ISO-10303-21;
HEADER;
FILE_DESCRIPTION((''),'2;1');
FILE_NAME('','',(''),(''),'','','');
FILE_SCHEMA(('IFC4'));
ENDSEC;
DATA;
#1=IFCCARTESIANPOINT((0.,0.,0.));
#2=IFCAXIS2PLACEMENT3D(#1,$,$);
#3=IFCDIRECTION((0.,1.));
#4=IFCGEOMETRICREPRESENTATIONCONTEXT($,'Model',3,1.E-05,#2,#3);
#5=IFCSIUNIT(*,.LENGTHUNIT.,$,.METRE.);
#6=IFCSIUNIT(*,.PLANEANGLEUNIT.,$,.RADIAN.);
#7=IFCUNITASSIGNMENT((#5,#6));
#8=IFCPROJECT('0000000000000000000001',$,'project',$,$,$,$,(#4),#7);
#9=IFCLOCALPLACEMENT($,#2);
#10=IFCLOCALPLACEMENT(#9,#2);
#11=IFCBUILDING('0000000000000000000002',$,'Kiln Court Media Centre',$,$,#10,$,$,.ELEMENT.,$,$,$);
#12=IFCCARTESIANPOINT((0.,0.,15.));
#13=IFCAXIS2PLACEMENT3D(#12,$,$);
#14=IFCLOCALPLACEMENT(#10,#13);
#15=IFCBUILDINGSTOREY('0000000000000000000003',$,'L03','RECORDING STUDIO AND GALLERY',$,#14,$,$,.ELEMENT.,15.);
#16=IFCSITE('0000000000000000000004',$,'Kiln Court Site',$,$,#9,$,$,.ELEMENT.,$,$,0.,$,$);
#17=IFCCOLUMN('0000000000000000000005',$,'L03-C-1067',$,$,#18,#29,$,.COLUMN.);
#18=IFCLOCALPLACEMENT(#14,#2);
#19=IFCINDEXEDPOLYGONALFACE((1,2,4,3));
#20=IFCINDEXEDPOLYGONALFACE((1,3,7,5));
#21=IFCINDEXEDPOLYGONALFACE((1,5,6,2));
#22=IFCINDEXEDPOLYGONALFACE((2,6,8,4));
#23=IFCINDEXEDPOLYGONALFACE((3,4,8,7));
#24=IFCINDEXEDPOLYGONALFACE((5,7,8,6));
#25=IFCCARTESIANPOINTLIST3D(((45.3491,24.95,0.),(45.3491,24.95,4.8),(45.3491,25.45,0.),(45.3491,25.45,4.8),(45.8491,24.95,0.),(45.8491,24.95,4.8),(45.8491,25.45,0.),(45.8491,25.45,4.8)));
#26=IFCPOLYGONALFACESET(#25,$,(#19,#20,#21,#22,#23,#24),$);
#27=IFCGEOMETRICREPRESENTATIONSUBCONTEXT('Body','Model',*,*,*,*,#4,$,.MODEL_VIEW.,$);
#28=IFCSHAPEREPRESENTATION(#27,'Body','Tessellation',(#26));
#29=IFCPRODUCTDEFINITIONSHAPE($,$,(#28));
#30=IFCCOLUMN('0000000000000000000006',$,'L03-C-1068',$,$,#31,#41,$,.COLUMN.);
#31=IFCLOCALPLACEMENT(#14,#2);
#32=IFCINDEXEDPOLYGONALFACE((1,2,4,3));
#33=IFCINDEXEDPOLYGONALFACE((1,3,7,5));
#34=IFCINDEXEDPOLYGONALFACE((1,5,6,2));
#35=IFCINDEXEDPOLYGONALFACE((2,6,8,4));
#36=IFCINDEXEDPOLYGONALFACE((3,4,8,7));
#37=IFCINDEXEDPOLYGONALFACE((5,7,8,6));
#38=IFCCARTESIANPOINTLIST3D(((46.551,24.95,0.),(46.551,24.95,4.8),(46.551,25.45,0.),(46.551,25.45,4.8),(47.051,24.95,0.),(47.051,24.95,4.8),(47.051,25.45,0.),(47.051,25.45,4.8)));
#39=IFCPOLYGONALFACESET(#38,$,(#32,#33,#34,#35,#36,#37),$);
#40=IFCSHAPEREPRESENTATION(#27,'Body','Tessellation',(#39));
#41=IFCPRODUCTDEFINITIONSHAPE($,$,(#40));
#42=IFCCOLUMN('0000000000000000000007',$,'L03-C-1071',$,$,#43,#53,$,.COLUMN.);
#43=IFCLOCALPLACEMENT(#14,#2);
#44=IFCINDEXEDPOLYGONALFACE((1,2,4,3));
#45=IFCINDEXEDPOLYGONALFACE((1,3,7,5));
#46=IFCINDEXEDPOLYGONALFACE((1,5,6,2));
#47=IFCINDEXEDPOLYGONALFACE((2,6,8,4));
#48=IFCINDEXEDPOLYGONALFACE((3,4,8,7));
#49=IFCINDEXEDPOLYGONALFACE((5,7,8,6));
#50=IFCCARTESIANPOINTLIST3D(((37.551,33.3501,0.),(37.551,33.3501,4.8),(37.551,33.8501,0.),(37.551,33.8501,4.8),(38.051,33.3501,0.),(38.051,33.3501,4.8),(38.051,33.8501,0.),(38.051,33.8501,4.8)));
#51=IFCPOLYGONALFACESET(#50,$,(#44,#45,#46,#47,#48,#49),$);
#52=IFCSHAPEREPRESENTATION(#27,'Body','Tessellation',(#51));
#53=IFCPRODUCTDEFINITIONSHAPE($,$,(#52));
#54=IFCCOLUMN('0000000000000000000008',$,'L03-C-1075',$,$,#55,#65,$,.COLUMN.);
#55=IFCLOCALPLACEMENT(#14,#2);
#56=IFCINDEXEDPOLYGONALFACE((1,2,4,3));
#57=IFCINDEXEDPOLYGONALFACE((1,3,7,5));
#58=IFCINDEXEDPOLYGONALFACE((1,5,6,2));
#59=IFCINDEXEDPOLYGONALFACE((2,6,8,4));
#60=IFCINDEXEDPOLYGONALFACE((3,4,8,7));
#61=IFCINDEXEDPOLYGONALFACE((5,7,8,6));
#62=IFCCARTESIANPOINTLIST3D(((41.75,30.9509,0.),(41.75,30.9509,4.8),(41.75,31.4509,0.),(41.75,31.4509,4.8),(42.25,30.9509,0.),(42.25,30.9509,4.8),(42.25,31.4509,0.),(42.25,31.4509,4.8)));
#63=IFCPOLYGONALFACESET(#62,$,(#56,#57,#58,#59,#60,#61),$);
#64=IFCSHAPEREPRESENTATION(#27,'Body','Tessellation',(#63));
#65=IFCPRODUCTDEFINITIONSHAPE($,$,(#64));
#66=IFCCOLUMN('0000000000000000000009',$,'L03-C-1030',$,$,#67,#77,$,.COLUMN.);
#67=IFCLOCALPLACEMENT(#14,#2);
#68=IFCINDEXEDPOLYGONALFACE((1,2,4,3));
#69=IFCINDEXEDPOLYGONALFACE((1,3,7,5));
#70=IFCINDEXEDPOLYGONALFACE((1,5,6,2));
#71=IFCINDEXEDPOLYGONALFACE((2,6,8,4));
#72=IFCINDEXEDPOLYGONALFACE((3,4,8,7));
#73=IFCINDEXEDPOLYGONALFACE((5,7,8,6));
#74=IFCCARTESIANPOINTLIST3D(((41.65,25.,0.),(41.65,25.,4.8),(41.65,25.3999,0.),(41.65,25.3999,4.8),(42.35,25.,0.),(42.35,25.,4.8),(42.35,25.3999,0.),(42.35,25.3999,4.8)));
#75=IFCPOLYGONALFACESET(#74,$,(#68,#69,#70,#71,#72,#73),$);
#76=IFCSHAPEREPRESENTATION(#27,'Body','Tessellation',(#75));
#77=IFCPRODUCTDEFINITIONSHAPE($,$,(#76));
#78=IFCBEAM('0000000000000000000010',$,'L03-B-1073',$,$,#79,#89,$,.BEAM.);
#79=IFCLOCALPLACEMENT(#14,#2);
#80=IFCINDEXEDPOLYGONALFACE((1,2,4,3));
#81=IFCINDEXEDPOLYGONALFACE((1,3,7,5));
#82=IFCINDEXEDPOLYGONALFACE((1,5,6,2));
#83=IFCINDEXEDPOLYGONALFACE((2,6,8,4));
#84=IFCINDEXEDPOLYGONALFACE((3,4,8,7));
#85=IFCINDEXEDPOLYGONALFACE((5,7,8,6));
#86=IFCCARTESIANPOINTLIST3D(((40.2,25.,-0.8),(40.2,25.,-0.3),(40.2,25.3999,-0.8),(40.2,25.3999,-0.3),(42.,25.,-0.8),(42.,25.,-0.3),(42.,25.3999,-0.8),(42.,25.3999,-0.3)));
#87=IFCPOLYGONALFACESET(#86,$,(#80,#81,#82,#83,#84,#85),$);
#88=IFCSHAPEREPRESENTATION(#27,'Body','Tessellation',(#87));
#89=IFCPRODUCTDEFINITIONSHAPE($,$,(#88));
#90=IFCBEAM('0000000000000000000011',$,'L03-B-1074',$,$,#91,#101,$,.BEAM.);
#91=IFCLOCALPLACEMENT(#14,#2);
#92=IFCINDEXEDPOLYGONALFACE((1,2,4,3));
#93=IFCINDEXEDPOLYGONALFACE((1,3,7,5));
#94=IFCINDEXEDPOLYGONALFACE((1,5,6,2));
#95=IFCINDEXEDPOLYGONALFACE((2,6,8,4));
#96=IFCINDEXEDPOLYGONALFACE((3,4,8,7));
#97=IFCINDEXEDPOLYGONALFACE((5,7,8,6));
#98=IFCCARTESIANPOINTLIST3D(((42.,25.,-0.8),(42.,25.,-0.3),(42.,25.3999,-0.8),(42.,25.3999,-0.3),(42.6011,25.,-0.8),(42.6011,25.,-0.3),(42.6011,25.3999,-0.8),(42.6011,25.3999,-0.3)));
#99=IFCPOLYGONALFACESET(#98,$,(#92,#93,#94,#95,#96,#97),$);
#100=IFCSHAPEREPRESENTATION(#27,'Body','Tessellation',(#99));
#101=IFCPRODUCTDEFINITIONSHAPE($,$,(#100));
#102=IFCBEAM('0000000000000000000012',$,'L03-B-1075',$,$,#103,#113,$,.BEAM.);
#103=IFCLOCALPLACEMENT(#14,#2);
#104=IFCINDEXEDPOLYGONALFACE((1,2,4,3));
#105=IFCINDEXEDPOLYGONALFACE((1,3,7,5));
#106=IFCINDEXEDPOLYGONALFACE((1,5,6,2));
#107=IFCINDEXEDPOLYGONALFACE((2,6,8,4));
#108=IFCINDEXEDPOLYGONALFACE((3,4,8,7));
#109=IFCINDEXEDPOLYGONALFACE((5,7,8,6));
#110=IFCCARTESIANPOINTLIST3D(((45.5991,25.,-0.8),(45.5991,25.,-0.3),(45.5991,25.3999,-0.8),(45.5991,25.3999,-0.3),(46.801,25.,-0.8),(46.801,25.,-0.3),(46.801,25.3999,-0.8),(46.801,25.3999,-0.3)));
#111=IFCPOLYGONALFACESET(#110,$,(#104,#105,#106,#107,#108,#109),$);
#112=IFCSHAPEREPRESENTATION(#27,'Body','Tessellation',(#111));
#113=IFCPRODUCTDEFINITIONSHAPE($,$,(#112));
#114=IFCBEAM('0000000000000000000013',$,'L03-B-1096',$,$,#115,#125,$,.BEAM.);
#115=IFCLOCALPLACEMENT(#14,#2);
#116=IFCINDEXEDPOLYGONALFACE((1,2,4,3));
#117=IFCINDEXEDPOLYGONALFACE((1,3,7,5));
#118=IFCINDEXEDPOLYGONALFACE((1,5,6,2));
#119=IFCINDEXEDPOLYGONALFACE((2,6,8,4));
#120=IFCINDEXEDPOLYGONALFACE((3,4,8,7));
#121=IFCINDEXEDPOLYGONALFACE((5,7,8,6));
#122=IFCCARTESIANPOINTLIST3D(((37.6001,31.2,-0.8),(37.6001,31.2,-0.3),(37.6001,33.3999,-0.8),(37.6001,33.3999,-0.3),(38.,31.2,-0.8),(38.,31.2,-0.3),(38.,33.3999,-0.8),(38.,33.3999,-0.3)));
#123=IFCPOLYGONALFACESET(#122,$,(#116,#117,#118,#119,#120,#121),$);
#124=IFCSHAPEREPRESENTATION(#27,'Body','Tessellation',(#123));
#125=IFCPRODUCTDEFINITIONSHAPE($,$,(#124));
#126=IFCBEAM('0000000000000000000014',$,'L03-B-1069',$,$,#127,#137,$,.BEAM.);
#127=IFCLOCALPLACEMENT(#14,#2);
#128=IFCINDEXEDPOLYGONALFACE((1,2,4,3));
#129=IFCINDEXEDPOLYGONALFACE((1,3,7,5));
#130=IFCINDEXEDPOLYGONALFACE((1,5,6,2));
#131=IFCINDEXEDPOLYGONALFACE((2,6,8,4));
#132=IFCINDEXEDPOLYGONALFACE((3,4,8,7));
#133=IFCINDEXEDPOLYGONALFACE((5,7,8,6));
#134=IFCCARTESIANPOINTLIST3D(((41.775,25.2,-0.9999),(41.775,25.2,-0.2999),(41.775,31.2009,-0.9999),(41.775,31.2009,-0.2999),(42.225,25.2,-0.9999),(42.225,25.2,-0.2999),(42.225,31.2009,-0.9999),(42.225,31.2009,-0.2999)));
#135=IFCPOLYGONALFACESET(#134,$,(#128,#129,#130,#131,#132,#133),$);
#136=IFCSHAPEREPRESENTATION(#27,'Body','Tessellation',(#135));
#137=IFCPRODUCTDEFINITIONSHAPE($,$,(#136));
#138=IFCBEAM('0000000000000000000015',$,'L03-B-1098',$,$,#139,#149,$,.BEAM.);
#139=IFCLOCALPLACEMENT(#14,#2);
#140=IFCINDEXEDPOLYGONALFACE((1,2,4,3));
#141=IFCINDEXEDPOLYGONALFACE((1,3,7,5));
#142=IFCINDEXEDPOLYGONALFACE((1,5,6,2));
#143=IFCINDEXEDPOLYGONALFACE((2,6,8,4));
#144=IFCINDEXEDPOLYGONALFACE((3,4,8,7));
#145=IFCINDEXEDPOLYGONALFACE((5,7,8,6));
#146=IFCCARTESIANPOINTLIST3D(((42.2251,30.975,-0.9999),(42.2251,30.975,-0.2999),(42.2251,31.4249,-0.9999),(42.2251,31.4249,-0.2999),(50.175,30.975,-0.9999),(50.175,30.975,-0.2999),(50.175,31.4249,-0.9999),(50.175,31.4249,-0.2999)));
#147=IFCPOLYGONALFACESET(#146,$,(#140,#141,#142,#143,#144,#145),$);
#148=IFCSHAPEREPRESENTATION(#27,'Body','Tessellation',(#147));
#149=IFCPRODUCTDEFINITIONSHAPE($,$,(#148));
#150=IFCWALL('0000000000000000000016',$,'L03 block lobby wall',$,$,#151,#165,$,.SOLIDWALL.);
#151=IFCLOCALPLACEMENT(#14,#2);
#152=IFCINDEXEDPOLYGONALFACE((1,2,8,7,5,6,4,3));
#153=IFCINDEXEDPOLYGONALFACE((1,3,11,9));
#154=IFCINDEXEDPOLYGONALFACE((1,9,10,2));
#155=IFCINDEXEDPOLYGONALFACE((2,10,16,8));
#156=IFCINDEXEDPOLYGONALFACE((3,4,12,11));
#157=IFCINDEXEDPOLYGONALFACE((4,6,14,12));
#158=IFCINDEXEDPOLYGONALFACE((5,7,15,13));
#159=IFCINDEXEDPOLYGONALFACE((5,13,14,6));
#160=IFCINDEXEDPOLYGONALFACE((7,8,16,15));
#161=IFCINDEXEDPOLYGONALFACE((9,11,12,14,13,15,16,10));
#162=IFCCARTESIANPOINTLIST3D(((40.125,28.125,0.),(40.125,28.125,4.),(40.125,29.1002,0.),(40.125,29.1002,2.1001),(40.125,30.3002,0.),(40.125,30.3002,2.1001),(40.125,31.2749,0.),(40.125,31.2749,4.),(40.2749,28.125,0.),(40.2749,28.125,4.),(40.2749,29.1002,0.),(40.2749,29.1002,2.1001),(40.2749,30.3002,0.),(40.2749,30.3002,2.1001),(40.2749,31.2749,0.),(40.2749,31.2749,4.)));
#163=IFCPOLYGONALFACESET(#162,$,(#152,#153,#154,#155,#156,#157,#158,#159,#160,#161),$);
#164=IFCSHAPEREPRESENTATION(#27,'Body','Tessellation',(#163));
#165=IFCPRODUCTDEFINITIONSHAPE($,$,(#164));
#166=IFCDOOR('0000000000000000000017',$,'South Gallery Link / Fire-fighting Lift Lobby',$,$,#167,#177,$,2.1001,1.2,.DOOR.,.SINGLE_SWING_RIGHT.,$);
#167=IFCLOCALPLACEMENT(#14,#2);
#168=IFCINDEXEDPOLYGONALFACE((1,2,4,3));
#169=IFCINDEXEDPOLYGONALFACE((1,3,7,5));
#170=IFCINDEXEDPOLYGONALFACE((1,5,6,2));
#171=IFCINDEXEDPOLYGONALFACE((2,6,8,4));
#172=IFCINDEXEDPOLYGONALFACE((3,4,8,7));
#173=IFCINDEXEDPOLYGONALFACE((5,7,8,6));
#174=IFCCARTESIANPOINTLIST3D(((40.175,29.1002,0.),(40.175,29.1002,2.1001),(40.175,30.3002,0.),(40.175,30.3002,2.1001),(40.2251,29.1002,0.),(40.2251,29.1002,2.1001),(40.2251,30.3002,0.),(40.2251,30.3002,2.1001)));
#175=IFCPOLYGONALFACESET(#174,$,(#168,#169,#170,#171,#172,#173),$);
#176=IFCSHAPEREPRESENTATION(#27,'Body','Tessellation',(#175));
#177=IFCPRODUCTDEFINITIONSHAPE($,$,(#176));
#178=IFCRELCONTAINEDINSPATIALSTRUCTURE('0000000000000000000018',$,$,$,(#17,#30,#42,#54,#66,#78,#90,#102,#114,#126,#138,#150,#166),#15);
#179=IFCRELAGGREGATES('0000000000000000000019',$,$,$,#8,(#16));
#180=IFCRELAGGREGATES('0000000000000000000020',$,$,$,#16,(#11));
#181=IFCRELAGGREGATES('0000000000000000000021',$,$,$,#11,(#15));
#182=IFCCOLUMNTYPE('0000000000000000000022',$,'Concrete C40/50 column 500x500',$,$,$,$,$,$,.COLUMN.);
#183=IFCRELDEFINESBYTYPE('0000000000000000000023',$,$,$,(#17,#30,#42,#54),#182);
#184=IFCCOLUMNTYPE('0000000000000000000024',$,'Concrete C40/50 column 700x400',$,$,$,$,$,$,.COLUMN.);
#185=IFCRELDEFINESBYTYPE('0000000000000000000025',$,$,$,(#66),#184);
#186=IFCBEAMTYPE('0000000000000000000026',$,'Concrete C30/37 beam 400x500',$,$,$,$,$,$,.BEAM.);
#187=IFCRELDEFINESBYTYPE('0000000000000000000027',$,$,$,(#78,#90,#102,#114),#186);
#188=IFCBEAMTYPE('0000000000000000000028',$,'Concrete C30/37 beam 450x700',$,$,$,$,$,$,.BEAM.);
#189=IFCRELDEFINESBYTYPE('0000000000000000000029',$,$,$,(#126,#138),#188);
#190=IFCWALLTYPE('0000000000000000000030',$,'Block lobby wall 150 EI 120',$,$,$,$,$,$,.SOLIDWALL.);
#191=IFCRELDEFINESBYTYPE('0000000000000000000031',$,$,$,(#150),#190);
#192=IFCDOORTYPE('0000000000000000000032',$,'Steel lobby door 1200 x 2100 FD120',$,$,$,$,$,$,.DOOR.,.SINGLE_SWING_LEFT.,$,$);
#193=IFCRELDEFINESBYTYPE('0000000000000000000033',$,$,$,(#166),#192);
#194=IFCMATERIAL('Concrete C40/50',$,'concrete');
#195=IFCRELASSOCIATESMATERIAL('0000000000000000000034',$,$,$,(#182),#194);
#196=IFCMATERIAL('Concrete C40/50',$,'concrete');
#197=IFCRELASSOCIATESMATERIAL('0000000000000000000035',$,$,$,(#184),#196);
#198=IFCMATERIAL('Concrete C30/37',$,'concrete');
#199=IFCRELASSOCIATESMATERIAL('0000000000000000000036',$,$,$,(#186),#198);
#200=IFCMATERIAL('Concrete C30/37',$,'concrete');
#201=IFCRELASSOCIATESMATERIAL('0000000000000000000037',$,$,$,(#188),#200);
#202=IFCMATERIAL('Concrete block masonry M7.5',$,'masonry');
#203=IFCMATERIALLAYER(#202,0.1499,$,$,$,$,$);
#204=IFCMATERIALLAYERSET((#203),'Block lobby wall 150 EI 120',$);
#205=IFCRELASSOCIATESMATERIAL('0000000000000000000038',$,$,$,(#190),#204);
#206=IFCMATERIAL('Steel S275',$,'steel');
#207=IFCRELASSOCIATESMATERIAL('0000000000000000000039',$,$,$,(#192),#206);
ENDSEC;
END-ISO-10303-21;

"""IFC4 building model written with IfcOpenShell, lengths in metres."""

from ifc_helpers import new_model, si_unit, direction, frame, frame_2d, origin, origin_2d, place, context, subcontext, project, spatial, rectangle, extrude, material, layer, layer_set, material_profile, profile_set, type_object, element, fill, save


model = new_model("IFC4")

# Units and contexts
model_context = context("Model", 3, precision=1e-05, world=origin(), true_north=direction((0.0, 1.0)))
body_context = subcontext(model_context, "Body", "Model", "MODEL_VIEW")
ifc_project = project(units=[si_unit("LENGTHUNIT", "METRE"), si_unit("PLANEANGLEUNIT", "RADIAN")], contexts=[model_context])

# Site, building, storey
site_placement = place(None, origin())
site = spatial("IfcSite", under=ifc_project, at=site_placement, Name="Kiln Court Site", CompositionType="ELEMENT", RefElevation=0.0)
building_placement = place(site_placement, origin())
building = spatial("IfcBuilding", under=site, at=building_placement, Name="Kiln Court Media Centre", CompositionType="ELEMENT")
storey_placement = place(building_placement, frame((0.0, 0.0, 15.0)))
storey = spatial("IfcBuildingStorey", under=building, at=storey_placement, Name="L03", Description="RECORDING STUDIO AND GALLERY", CompositionType="ELEMENT", Elevation=15.0)

# Columns
ifc_material_1 = material(Name="Concrete C40/50", Category="concrete")
ifc_material_profile_1 = material_profile(ifc_material_1, rectangle(XDim=0.5, YDim=0.5, at=origin_2d()), Name="RC 500x500")
ifc_profile_set_1 = profile_set([ifc_material_profile_1], Name="Concrete C40/50")
column_type_1 = type_object("IfcColumnType", Name="Concrete C40/50 column 500x500", PredefinedType="COLUMN", material=ifc_profile_set_1)
for number, where, z_axis, x_axis, name in (
    (1, (45.5991, 25.2, 0.0), (0.0, 0.0, 1.0), (1.0, 0.0, 0.0), "L03-C-1067"),
    (2, (46.801, 25.2, 0.0), (0.0, 0.0, 1.0), (1.0, 0.0, 0.0), "L03-C-1068"),
    (3, (37.801, 33.6001, 0.0), (0.0, 0.0, 1.0), (1.0, 0.0, 0.0), "L03-C-1071"),
    (4, (42.0, 31.2009, 0.0), (0.0, 0.0, 1.0), (1.0, 0.0, 0.0), "L03-C-1075"),
):
    element("IfcColumn", number, at=place(storey_placement, frame(where, z_axis=z_axis, x_axis=x_axis)), inside=storey, type_object=column_type_1, Name=name, PredefinedType="COLUMN", context=body_context, shape_type="SweptSolid", body=[
        extrude(rectangle(XDim=0.5, YDim=0.5, at=origin_2d()), origin(), (0.0, 0.0, 1.0), 4.8),
    ])
ifc_material_2 = material(Name="Concrete C40/50", Category="concrete")
ifc_material_profile_2 = material_profile(ifc_material_2, rectangle(XDim=0.7, YDim=0.3999, at=origin_2d()), Name="RC 700x400")
ifc_profile_set_2 = profile_set([ifc_material_profile_2], Name="Concrete C40/50")
column_type_2 = type_object("IfcColumnType", Name="Concrete C40/50 column 700x400", PredefinedType="COLUMN", material=ifc_profile_set_2)
column_placement = place(storey_placement, frame((42.0, 25.2, 0.0), z_axis=(0.0, 0.0, 1.0), x_axis=(1.0, 0.0, 0.0)))
element("IfcColumn", 5, at=column_placement, inside=storey, type_object=column_type_2, Name="L03-C-1030", PredefinedType="COLUMN", context=body_context, shape_type="SweptSolid", body=[
    extrude(rectangle(XDim=0.7, YDim=0.3999, at=origin_2d()), origin(), (0.0, 0.0, 1.0), 4.8),
])

# Beams
ifc_material_3 = material(Name="Concrete C30/37", Category="concrete")
ifc_material_profile_3 = material_profile(ifc_material_3, rectangle(XDim=0.3999, YDim=0.5, at=origin_2d()), Name="RC 400x500")
ifc_profile_set_3 = profile_set([ifc_material_profile_3], Name="Concrete C30/37")
beam_type_1 = type_object("IfcBeamType", Name="Concrete C30/37 beam 400x500", PredefinedType="BEAM", material=ifc_profile_set_3)
beam_1_placement = place(storey_placement, frame((40.2, 25.2, -0.55), z_axis=(1.0, 0.0, 0.0), x_axis=(0.0, 1.0, 0.0)))
element("IfcBeam", 6, at=beam_1_placement, inside=storey, type_object=beam_type_1, Name="L03-B-1073", PredefinedType="BEAM", context=body_context, shape_type="SweptSolid", body=[
    extrude(rectangle(XDim=0.3999, YDim=0.5, at=origin_2d()), origin(), (0.0, 0.0, 1.0), 1.8),
])
beam_2_placement = place(storey_placement, frame((42.0, 25.2, -0.55), z_axis=(1.0, 0.0, 0.0), x_axis=(0.0, 1.0, 0.0)))
element("IfcBeam", 7, at=beam_2_placement, inside=storey, type_object=beam_type_1, Name="L03-B-1074", PredefinedType="BEAM", context=body_context, shape_type="SweptSolid", body=[
    extrude(rectangle(XDim=0.3999, YDim=0.5, at=origin_2d()), origin(), (0.0, 0.0, 1.0), 0.6011),
])
beam_3_placement = place(storey_placement, frame((45.5991, 25.2, -0.55), z_axis=(1.0, 0.0, 0.0), x_axis=(0.0, 1.0, 0.0)))
element("IfcBeam", 8, at=beam_3_placement, inside=storey, type_object=beam_type_1, Name="L03-B-1075", PredefinedType="BEAM", context=body_context, shape_type="SweptSolid", body=[
    extrude(rectangle(XDim=0.3999, YDim=0.5, at=origin_2d()), origin(), (0.0, 0.0, 1.0), 1.2019),
])
beam_4_placement = place(storey_placement, frame((37.8, 33.3999, -0.55), z_axis=(0.0, -1.0, 0.0), x_axis=(1.0, 0.0, 0.0)))
element("IfcBeam", 9, at=beam_4_placement, inside=storey, type_object=beam_type_1, Name="L03-B-1096", PredefinedType="BEAM", context=body_context, shape_type="SweptSolid", body=[
    extrude(rectangle(XDim=0.3999, YDim=0.5, at=origin_2d()), origin(), (0.0, 0.0, 1.0), 2.2),
])
ifc_material_4 = material(Name="Concrete C30/37", Category="concrete")
ifc_material_profile_4 = material_profile(ifc_material_4, rectangle(XDim=0.45, YDim=0.7, at=origin_2d()), Name="RC 450x700")
ifc_profile_set_4 = profile_set([ifc_material_profile_4], Name="Concrete C30/37")
beam_type_2 = type_object("IfcBeamType", Name="Concrete C30/37 beam 450x700", PredefinedType="BEAM", material=ifc_profile_set_4)
beam_5_placement = place(storey_placement, frame((42.0, 25.2, -0.6499), z_axis=(0.0, 1.0, 0.0), x_axis=(-1.0, 0.0, 0.0)))
element("IfcBeam", 10, at=beam_5_placement, inside=storey, type_object=beam_type_2, Name="L03-B-1069", PredefinedType="BEAM", context=body_context, shape_type="SweptSolid", body=[
    extrude(rectangle(XDim=0.45, YDim=0.7, at=origin_2d()), origin(), (0.0, 0.0, 1.0), 6.001),
])
beam_6_placement = place(storey_placement, frame((42.2251, 31.2, -0.6499), z_axis=(1.0, 0.0, 0.0), x_axis=(0.0, 1.0, 0.0)))
element("IfcBeam", 11, at=beam_6_placement, inside=storey, type_object=beam_type_2, Name="L03-B-1098", PredefinedType="BEAM", context=body_context, shape_type="SweptSolid", body=[
    extrude(rectangle(XDim=0.45, YDim=0.7, at=origin_2d()), origin(), (0.0, 0.0, 1.0), 7.95),
])

# Wall, opening, door
ifc_material_5 = material(Name="Concrete block masonry M7.5", Category="masonry")
ifc_layer_1 = layer(ifc_material_5, 0.1499)
ifc_layer_set_1 = layer_set([ifc_layer_1], Name="Block lobby wall 150 EI 120")
wall_type_1 = type_object("IfcWallType", Name="Block lobby wall 150 EI 120", PredefinedType="SOLIDWALL", material=ifc_layer_set_1)
wall_1_placement = place(storey_placement, frame((40.2, 28.125, 0.0), z_axis=(0.0, 0.0, 1.0), x_axis=(0.0, 1.0, 0.0)))
wall_1 = element("IfcWall", 12, at=wall_1_placement, inside=storey, type_object=wall_type_1, Name="L03 block lobby wall", PredefinedType="SOLIDWALL", context=body_context, shape_type="SweptSolid", body=[
    extrude(rectangle(XDim=3.1499, YDim=0.1499, at=frame_2d((1.575, 0.0))), origin(), (0.0, 0.0, 1.0), 4.0),
])
opening_1_placement = place(wall_1_placement, frame((0.9751, 0.0, 0.0)))
opening_1 = element("IfcOpeningElement", 13, at=opening_1_placement, cuts=wall_1, PredefinedType="OPENING", context=body_context, shape_type="SweptSolid", body=[
    extrude(rectangle(XDim=1.2, YDim=2.1001, at=frame_2d((0.6001, 1.05))), frame((0.0, 0.085, 0.0), z_axis=(0.0, -1.0, 0.0), x_axis=(1.0, 0.0, 0.0)), (0.0, 0.0, 1.0), 0.1699),
])
ifc_material_6 = material(Name="Steel S275", Category="steel")
door_type_1 = type_object("IfcDoorType", Name="Steel lobby door 1200 x 2100 FD120", OperationType="SINGLE_SWING_LEFT", PredefinedType="DOOR", material=ifc_material_6)
door_1_placement = place(opening_1_placement, origin())
door_1 = element("IfcDoor", 14, at=door_1_placement, inside=storey, type_object=door_type_1, Name="South Gallery Link / Fire-fighting Lift Lobby", OperationType="SINGLE_SWING_RIGHT", OverallHeight=2.1001, OverallWidth=1.2, PredefinedType="DOOR", context=body_context, shape_type="SweptSolid", body=[
    extrude(rectangle(XDim=1.2, YDim=2.1001, at=frame_2d((0.6001, 1.05))), frame((0.0, 0.0249, 0.0), z_axis=(0.0, -1.0, 0.0), x_axis=(1.0, 0.0, 0.0)), (0.0, 0.0, 1.0), 0.05),
])
fill(opening_1, door_1)

save(model, "model.ifc")
